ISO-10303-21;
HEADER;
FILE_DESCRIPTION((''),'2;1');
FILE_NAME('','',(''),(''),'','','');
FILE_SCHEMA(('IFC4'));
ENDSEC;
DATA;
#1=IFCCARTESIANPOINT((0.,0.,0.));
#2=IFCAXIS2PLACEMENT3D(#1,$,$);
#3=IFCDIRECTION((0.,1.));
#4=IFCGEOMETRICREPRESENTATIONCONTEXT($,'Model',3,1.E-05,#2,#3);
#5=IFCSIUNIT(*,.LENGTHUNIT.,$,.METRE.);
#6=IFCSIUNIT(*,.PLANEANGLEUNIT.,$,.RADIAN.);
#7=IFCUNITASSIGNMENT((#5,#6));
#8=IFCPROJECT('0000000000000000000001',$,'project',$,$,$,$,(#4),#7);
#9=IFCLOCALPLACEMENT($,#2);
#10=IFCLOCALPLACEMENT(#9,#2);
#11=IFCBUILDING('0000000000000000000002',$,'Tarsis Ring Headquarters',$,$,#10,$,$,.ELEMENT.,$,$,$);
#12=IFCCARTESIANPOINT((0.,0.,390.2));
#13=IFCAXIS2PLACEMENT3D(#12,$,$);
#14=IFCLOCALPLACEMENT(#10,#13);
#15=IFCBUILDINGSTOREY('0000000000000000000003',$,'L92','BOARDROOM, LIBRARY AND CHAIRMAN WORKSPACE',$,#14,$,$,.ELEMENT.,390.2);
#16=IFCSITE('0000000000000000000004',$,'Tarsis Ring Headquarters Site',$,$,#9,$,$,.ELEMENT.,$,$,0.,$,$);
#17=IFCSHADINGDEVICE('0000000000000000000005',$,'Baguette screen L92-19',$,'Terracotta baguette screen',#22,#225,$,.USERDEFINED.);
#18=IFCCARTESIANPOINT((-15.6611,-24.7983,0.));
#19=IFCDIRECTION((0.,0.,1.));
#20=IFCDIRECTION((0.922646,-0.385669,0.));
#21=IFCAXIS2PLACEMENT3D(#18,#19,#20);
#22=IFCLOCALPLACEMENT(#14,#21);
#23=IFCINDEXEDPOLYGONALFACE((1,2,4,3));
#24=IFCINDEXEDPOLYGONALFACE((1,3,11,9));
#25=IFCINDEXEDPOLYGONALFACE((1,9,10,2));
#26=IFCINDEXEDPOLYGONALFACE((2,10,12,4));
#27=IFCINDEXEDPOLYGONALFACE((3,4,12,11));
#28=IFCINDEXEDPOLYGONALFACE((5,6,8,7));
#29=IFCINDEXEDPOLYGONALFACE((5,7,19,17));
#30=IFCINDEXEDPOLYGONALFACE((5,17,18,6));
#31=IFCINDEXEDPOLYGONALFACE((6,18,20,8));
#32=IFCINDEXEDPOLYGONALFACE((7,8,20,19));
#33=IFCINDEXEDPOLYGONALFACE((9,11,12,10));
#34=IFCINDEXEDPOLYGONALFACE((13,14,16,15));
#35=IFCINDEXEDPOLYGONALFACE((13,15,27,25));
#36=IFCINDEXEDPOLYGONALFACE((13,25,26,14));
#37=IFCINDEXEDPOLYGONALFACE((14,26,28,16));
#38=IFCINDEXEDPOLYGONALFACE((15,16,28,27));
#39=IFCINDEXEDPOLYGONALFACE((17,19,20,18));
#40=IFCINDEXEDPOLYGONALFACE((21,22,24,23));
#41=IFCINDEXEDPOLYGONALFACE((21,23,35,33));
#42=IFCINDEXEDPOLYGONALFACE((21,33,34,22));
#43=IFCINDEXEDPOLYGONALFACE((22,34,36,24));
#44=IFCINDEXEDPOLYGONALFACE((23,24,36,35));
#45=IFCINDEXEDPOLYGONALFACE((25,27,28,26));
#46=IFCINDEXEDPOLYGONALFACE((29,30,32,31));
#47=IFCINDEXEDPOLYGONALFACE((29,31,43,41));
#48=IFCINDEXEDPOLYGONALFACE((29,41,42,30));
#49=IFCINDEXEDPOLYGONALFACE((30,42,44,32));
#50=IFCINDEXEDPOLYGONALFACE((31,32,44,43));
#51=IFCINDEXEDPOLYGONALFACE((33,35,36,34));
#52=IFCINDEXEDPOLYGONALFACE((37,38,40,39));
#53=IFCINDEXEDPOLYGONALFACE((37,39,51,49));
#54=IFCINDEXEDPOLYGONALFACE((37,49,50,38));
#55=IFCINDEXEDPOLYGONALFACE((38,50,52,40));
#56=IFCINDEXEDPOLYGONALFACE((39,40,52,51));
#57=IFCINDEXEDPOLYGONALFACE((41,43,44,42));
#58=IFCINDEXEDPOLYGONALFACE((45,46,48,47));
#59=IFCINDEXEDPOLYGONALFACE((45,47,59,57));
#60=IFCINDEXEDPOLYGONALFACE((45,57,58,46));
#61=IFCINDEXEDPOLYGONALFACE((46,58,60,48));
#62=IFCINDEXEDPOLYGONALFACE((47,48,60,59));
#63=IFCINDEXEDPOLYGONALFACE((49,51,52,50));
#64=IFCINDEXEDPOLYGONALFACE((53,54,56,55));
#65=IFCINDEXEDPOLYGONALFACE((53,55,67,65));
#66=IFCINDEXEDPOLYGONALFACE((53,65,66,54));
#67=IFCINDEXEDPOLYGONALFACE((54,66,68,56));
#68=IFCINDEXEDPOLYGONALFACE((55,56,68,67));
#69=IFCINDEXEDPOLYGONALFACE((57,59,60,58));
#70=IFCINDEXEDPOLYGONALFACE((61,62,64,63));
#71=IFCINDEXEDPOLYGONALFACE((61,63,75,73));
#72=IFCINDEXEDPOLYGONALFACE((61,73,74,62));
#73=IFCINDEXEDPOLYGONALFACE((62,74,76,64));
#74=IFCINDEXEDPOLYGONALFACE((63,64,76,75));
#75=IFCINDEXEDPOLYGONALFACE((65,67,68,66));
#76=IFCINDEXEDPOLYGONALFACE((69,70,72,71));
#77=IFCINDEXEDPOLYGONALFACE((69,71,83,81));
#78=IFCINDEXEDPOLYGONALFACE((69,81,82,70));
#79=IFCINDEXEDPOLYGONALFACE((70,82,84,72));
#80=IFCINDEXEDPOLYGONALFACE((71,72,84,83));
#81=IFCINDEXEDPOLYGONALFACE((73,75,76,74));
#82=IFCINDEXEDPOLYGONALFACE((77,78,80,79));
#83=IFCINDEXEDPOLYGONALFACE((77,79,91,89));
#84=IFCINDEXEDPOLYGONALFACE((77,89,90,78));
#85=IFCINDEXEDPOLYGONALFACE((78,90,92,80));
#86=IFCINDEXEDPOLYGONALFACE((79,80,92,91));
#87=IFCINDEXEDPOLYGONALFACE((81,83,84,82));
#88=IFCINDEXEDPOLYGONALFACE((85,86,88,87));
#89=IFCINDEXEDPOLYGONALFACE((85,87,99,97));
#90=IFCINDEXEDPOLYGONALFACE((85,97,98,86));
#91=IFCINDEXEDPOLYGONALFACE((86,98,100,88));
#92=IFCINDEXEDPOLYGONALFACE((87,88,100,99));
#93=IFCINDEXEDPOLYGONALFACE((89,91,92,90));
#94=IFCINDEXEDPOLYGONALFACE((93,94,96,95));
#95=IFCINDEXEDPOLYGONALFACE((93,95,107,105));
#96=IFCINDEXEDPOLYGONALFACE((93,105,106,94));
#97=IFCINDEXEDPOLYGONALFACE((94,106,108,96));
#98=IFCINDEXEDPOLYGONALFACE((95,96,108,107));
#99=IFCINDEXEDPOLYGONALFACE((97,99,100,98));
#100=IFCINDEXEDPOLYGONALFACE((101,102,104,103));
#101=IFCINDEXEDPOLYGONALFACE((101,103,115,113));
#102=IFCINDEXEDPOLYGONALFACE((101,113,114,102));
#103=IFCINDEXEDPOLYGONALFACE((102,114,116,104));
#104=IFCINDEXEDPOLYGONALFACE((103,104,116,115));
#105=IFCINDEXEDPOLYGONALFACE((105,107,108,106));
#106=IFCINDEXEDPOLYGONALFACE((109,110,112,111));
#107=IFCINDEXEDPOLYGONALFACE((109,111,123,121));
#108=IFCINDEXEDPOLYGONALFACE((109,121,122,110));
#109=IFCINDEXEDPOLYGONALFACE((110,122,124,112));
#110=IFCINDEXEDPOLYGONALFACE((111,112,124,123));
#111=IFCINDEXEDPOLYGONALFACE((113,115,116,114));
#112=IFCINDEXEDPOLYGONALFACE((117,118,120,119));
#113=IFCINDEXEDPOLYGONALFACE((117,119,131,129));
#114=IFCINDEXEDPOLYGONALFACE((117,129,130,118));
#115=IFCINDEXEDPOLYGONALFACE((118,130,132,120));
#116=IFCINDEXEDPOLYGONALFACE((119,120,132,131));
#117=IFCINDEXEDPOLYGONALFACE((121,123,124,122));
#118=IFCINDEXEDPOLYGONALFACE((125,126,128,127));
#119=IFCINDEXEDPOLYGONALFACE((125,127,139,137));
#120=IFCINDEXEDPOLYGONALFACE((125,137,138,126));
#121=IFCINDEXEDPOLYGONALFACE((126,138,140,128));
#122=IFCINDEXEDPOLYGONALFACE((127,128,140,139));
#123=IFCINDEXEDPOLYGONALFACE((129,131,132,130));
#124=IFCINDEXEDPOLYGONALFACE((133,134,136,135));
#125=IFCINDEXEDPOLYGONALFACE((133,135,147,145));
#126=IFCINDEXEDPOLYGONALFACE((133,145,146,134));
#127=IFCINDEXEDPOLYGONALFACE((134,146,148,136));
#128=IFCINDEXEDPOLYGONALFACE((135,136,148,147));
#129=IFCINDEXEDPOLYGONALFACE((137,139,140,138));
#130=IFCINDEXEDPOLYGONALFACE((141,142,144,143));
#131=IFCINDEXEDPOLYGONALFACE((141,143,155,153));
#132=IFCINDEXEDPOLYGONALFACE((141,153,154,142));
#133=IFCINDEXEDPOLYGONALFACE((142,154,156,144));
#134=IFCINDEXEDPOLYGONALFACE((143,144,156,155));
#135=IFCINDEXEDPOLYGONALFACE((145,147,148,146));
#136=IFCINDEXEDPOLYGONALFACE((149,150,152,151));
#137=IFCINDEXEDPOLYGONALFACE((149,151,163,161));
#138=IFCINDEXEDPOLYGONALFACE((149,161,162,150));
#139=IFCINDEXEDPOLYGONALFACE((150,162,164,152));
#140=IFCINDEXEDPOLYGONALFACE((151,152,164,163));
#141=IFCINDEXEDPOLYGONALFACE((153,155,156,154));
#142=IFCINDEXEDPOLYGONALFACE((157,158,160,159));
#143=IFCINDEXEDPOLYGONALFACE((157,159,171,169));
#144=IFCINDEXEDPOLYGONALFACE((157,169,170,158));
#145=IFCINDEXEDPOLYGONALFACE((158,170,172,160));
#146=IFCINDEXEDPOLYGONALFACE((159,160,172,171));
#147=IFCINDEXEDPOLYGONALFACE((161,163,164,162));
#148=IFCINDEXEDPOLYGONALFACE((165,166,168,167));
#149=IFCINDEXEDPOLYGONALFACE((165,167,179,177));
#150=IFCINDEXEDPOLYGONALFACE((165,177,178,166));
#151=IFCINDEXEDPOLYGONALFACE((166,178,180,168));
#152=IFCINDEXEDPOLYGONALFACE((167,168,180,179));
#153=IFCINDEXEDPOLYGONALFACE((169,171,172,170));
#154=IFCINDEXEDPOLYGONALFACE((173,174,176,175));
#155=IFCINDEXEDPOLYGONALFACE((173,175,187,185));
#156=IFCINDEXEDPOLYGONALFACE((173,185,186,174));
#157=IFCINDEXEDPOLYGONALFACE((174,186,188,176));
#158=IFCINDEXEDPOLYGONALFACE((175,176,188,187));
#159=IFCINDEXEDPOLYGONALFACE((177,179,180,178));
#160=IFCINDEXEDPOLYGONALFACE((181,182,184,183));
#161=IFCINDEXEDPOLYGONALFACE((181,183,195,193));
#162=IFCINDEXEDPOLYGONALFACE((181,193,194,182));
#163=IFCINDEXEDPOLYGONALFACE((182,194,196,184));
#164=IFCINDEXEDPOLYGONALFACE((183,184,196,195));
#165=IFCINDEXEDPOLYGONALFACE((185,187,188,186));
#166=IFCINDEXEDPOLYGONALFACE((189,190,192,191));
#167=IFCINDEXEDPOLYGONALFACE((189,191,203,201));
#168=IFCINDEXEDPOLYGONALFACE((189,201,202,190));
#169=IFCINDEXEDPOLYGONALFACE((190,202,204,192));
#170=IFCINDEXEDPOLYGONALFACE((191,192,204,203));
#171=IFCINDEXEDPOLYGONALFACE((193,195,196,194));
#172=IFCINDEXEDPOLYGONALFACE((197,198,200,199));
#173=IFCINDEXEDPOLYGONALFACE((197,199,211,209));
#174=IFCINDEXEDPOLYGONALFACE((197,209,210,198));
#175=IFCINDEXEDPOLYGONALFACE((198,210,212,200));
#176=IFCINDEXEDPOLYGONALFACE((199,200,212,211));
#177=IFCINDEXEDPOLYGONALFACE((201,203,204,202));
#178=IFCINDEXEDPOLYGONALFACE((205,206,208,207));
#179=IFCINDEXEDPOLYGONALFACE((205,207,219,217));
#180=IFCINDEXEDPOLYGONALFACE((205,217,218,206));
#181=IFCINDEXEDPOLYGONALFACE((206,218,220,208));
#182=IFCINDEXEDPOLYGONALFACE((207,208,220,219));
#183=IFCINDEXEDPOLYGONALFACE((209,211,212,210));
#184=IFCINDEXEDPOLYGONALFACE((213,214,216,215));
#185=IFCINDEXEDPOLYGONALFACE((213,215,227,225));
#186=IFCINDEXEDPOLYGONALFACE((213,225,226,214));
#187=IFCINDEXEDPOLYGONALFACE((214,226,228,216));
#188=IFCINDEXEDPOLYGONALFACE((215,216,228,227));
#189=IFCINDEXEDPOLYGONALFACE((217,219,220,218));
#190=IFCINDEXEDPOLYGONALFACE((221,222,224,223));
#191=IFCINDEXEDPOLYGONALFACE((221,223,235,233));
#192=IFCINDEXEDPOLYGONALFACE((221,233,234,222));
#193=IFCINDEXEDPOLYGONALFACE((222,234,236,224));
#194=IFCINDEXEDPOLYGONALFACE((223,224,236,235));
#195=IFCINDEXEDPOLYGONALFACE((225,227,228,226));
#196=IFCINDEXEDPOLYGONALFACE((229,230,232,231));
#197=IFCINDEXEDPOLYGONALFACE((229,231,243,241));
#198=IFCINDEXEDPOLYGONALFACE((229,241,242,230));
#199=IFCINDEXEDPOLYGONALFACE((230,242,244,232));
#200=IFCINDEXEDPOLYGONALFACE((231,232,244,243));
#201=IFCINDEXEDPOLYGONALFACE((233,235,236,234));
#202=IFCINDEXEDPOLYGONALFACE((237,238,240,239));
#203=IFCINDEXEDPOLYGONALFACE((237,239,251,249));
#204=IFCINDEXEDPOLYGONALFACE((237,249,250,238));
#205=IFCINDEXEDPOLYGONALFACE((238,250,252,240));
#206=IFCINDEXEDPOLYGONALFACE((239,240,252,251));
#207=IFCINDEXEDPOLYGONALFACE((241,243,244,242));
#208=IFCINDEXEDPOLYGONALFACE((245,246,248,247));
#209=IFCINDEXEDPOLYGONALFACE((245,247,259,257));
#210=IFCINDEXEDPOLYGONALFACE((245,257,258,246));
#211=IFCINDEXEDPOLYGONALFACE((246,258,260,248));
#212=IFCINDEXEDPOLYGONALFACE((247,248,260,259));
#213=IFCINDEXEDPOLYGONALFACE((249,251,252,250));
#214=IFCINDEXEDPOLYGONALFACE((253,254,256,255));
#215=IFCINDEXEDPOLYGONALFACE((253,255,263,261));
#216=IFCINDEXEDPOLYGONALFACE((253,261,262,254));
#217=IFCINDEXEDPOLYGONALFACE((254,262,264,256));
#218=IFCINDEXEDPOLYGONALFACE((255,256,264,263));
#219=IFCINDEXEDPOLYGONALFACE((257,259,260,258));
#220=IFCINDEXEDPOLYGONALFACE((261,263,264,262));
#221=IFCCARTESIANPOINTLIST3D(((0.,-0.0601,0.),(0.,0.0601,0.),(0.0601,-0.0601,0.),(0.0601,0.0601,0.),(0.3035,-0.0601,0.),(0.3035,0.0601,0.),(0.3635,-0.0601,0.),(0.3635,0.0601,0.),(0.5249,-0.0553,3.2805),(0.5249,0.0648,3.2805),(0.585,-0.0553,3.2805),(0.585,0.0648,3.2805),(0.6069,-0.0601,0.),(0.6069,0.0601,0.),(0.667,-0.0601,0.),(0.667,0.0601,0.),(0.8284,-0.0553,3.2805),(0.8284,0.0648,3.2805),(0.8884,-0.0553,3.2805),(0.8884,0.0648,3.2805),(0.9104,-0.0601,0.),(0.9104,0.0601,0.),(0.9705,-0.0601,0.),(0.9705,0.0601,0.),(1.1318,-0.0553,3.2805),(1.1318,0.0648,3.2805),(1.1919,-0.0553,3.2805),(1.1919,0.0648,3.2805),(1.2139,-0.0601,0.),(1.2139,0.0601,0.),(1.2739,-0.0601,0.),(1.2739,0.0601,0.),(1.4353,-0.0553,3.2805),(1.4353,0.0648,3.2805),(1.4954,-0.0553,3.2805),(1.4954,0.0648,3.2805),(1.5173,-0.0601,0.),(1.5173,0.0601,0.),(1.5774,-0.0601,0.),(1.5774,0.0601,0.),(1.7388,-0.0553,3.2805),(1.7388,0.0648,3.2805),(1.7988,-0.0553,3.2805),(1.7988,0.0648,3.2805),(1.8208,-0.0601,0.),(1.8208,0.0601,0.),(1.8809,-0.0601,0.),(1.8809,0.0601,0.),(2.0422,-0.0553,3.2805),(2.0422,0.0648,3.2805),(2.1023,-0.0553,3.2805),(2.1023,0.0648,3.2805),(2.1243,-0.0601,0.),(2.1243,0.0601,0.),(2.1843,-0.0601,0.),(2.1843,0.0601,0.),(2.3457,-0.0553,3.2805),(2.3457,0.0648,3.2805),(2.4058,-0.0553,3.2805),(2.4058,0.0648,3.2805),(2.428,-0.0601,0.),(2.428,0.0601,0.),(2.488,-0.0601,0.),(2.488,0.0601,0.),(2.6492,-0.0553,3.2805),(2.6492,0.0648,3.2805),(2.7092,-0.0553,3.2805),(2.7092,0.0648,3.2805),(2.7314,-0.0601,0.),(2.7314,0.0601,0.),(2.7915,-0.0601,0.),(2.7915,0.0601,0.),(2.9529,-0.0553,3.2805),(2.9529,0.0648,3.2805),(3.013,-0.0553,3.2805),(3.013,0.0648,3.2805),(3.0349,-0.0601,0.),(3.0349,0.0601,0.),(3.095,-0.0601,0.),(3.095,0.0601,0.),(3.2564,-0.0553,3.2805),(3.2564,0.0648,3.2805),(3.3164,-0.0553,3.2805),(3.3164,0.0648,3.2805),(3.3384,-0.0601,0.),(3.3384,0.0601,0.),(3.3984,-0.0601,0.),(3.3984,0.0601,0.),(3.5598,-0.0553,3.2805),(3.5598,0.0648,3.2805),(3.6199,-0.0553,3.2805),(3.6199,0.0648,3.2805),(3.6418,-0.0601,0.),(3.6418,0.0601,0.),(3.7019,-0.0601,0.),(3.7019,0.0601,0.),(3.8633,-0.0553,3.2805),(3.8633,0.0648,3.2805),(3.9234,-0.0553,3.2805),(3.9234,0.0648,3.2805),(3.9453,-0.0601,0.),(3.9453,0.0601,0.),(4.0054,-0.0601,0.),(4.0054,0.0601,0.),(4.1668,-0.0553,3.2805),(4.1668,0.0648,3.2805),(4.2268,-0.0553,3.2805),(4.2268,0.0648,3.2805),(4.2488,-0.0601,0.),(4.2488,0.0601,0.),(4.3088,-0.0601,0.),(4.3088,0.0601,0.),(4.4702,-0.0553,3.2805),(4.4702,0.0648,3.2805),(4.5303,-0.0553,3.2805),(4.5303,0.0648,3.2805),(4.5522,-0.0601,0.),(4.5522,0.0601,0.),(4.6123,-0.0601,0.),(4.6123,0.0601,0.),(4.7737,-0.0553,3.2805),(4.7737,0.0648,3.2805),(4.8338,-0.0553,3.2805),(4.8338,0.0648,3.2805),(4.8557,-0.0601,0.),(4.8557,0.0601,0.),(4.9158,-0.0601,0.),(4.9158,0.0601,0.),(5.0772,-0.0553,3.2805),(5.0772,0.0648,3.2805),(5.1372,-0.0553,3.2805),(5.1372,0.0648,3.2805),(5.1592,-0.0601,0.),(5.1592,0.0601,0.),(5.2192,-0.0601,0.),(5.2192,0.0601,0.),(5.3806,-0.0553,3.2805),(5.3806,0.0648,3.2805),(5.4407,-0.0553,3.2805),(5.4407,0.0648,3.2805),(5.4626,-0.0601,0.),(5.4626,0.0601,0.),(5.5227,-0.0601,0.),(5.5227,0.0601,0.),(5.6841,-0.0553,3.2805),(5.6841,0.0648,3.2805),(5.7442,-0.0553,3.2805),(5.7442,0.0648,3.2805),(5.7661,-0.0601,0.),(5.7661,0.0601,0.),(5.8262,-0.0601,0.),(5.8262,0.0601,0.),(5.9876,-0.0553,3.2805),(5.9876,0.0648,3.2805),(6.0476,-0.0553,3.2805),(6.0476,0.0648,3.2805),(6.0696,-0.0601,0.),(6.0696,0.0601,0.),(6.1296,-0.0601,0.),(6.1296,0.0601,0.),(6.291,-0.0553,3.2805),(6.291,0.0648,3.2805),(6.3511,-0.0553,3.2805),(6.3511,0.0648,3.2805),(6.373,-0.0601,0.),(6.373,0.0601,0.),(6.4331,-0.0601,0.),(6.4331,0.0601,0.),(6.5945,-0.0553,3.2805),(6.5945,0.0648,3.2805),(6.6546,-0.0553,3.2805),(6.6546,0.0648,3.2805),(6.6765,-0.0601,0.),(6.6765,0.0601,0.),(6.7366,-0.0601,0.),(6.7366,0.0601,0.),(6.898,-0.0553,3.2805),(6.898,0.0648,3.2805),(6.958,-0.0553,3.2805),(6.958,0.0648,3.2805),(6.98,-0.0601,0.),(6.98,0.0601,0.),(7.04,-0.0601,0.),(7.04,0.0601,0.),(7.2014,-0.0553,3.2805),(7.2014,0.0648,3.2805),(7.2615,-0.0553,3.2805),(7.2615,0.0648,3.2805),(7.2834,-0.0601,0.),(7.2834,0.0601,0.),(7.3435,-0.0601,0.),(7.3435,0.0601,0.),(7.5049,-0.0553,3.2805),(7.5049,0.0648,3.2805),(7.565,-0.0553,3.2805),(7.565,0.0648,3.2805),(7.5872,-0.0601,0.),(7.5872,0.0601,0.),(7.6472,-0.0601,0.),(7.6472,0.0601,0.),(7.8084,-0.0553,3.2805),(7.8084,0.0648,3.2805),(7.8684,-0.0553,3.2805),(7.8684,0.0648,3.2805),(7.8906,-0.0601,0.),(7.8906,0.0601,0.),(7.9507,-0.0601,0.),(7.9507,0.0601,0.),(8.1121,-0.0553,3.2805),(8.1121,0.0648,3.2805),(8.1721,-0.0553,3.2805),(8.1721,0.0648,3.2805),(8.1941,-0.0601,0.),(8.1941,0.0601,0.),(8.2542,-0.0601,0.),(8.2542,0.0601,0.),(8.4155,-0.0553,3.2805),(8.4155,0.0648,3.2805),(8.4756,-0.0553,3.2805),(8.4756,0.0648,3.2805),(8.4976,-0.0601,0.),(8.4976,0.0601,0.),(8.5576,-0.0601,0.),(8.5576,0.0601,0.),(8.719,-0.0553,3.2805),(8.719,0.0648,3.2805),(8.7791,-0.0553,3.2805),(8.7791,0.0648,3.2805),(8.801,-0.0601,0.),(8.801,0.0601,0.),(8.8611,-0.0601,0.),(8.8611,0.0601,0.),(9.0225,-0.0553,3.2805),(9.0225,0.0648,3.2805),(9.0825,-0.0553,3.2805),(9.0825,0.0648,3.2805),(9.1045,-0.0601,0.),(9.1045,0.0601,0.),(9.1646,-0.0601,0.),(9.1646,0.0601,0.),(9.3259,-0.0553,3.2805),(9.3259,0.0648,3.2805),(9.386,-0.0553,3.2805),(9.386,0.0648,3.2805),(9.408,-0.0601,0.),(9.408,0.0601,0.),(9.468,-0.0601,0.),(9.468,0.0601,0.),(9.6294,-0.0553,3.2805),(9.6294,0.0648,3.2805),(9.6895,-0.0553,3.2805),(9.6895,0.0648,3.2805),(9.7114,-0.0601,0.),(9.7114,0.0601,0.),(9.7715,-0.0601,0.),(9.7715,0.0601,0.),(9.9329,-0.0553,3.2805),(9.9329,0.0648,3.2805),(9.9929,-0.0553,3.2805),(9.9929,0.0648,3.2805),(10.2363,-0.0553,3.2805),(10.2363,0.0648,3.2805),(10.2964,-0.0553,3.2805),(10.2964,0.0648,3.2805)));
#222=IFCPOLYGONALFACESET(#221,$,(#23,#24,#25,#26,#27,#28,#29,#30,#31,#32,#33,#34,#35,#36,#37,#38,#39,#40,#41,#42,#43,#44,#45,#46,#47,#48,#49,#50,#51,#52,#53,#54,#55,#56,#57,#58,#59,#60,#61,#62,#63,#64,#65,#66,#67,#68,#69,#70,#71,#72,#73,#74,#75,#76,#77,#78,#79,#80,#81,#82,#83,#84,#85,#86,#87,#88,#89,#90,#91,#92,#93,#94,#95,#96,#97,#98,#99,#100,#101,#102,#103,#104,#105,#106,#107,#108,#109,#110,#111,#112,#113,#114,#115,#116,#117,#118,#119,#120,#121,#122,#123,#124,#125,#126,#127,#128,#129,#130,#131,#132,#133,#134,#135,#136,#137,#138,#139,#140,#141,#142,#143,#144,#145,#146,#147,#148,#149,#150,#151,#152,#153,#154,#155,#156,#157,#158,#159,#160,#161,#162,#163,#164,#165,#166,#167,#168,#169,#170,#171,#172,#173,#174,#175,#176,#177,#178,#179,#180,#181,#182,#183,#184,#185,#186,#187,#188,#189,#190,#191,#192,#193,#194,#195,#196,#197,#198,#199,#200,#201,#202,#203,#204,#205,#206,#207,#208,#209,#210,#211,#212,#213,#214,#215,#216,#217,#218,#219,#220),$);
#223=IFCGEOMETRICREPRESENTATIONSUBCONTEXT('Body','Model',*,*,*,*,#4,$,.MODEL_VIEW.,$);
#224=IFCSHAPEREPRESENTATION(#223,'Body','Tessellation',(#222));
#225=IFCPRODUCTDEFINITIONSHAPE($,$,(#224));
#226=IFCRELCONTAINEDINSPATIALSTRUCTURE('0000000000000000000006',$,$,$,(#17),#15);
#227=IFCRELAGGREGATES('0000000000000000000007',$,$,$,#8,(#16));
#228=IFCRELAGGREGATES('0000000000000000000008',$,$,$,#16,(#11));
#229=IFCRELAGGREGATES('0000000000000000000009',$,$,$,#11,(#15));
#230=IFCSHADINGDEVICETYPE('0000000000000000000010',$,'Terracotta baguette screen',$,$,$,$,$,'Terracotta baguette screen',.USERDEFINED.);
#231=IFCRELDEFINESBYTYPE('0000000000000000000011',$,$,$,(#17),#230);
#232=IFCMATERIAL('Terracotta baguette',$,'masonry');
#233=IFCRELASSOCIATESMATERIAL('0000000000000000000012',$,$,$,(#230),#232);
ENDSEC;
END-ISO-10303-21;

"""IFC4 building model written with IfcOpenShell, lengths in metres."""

from ifc_helpers import new_model, si_unit, direction, frame, frame_2d, origin, place, context, subcontext, project, spatial, rectangle, composite_profile, extrude, material, type_object, element, save


model = new_model("IFC4")

# Units and contexts
model_context = context("Model", 3, precision=1e-05, world=origin(), true_north=direction((0.0, 1.0)))
body_context = subcontext(model_context, "Body", "Model", "MODEL_VIEW")
ifc_project = project(units=[si_unit("LENGTHUNIT", "METRE"), si_unit("PLANEANGLEUNIT", "RADIAN")], contexts=[model_context])

# Site, building, storey
site_placement = place(None, origin())
site = spatial("IfcSite", under=ifc_project, at=site_placement, Name="Tarsis Ring Headquarters Site", CompositionType="ELEMENT", RefElevation=0.0)
building_placement = place(site_placement, origin())
building = spatial("IfcBuilding", under=site, at=building_placement, Name="Tarsis Ring Headquarters", CompositionType="ELEMENT")
storey_placement = place(building_placement, frame((0.0, 0.0, 390.2)))
storey = spatial("IfcBuildingStorey", under=building, at=storey_placement, Name="L92", Description="BOARDROOM, LIBRARY AND CHAIRMAN WORKSPACE", CompositionType="ELEMENT", Elevation=390.2)

# Shading device
ifc_material_1 = material(Name="Terracotta baguette", Category="masonry")
shading_device_type_1 = type_object("IfcShadingDeviceType", Name="Terracotta baguette screen", ElementType="Terracotta baguette screen", PredefinedType="USERDEFINED", material=ifc_material_1)
shading_device_1_placement = place(storey_placement, frame((-15.6611, -24.7983, 0.0), z_axis=(0.0, 0.0, 1.0), x_axis=(0.922646, -0.385669, 0.0)))
element("IfcShadingDevice", 1, at=shading_device_1_placement, inside=storey, type_object=shading_device_type_1, Name="Baguette screen L92-19", ObjectType="Terracotta baguette screen", PredefinedType="USERDEFINED", context=body_context, shape_type="SweptSolid", body=[
    extrude(composite_profile([rectangle(XDim=0.0601, YDim=0.1201, at=frame_2d((0.03, 0.0))), rectangle(XDim=0.0601, YDim=0.1201, at=frame_2d((0.3335, 0.0))), rectangle(XDim=0.0601, YDim=0.1201, at=frame_2d((0.637, 0.0))), rectangle(XDim=0.0601, YDim=0.1201, at=frame_2d((0.9404, 0.0))), rectangle(XDim=0.0601, YDim=0.1201, at=frame_2d((1.2439, 0.0))), rectangle(XDim=0.0601, YDim=0.1201, at=frame_2d((1.5474, 0.0))), rectangle(XDim=0.0601, YDim=0.1201, at=frame_2d((1.8508, 0.0))), rectangle(XDim=0.0601, YDim=0.1201, at=frame_2d((2.1543, 0.0))), rectangle(XDim=0.0601, YDim=0.1201, at=frame_2d((2.458, 0.0))), rectangle(XDim=0.0601, YDim=0.1201, at=frame_2d((2.7615, 0.0))), rectangle(XDim=0.0601, YDim=0.1201, at=frame_2d((3.0649, 0.0))), rectangle(XDim=0.0601, YDim=0.1201, at=frame_2d((3.3684, 0.0))), rectangle(XDim=0.0601, YDim=0.1201, at=frame_2d((3.6719, 0.0))), rectangle(XDim=0.0601, YDim=0.1201, at=frame_2d((3.9753, 0.0))), rectangle(XDim=0.0601, YDim=0.1201, at=frame_2d((4.2788, 0.0))), rectangle(XDim=0.0601, YDim=0.1201, at=frame_2d((4.5823, 0.0))), rectangle(XDim=0.0601, YDim=0.1201, at=frame_2d((4.8857, 0.0))), rectangle(XDim=0.0601, YDim=0.1201, at=frame_2d((5.1892, 0.0))), rectangle(XDim=0.0601, YDim=0.1201, at=frame_2d((5.4927, 0.0))), rectangle(XDim=0.0601, YDim=0.1201, at=frame_2d((5.7961, 0.0))), rectangle(XDim=0.0601, YDim=0.1201, at=frame_2d((6.0996, 0.0))), rectangle(XDim=0.0601, YDim=0.1201, at=frame_2d((6.4031, 0.0))), rectangle(XDim=0.0601, YDim=0.1201, at=frame_2d((6.7065, 0.0))), rectangle(XDim=0.0601, YDim=0.1201, at=frame_2d((7.01, 0.0))), rectangle(XDim=0.0601, YDim=0.1201, at=frame_2d((7.3135, 0.0))), rectangle(XDim=0.0601, YDim=0.1201, at=frame_2d((7.6172, 0.0))), rectangle(XDim=0.0601, YDim=0.1201, at=frame_2d((7.9207, 0.0))), rectangle(XDim=0.0601, YDim=0.1201, at=frame_2d((8.2241, 0.0))), rectangle(XDim=0.0601, YDim=0.1201, at=frame_2d((8.5276, 0.0))), rectangle(XDim=0.0601, YDim=0.1201, at=frame_2d((8.8311, 0.0))), rectangle(XDim=0.0601, YDim=0.1201, at=frame_2d((9.1345, 0.0))), rectangle(XDim=0.0601, YDim=0.1201, at=frame_2d((9.438, 0.0))), rectangle(XDim=0.0601, YDim=0.1201, at=frame_2d((9.7415, 0.0)))]), origin(), (0.157999, 0.001434, 0.987438), 3.3223),
])

save(model, "model.ifc")
